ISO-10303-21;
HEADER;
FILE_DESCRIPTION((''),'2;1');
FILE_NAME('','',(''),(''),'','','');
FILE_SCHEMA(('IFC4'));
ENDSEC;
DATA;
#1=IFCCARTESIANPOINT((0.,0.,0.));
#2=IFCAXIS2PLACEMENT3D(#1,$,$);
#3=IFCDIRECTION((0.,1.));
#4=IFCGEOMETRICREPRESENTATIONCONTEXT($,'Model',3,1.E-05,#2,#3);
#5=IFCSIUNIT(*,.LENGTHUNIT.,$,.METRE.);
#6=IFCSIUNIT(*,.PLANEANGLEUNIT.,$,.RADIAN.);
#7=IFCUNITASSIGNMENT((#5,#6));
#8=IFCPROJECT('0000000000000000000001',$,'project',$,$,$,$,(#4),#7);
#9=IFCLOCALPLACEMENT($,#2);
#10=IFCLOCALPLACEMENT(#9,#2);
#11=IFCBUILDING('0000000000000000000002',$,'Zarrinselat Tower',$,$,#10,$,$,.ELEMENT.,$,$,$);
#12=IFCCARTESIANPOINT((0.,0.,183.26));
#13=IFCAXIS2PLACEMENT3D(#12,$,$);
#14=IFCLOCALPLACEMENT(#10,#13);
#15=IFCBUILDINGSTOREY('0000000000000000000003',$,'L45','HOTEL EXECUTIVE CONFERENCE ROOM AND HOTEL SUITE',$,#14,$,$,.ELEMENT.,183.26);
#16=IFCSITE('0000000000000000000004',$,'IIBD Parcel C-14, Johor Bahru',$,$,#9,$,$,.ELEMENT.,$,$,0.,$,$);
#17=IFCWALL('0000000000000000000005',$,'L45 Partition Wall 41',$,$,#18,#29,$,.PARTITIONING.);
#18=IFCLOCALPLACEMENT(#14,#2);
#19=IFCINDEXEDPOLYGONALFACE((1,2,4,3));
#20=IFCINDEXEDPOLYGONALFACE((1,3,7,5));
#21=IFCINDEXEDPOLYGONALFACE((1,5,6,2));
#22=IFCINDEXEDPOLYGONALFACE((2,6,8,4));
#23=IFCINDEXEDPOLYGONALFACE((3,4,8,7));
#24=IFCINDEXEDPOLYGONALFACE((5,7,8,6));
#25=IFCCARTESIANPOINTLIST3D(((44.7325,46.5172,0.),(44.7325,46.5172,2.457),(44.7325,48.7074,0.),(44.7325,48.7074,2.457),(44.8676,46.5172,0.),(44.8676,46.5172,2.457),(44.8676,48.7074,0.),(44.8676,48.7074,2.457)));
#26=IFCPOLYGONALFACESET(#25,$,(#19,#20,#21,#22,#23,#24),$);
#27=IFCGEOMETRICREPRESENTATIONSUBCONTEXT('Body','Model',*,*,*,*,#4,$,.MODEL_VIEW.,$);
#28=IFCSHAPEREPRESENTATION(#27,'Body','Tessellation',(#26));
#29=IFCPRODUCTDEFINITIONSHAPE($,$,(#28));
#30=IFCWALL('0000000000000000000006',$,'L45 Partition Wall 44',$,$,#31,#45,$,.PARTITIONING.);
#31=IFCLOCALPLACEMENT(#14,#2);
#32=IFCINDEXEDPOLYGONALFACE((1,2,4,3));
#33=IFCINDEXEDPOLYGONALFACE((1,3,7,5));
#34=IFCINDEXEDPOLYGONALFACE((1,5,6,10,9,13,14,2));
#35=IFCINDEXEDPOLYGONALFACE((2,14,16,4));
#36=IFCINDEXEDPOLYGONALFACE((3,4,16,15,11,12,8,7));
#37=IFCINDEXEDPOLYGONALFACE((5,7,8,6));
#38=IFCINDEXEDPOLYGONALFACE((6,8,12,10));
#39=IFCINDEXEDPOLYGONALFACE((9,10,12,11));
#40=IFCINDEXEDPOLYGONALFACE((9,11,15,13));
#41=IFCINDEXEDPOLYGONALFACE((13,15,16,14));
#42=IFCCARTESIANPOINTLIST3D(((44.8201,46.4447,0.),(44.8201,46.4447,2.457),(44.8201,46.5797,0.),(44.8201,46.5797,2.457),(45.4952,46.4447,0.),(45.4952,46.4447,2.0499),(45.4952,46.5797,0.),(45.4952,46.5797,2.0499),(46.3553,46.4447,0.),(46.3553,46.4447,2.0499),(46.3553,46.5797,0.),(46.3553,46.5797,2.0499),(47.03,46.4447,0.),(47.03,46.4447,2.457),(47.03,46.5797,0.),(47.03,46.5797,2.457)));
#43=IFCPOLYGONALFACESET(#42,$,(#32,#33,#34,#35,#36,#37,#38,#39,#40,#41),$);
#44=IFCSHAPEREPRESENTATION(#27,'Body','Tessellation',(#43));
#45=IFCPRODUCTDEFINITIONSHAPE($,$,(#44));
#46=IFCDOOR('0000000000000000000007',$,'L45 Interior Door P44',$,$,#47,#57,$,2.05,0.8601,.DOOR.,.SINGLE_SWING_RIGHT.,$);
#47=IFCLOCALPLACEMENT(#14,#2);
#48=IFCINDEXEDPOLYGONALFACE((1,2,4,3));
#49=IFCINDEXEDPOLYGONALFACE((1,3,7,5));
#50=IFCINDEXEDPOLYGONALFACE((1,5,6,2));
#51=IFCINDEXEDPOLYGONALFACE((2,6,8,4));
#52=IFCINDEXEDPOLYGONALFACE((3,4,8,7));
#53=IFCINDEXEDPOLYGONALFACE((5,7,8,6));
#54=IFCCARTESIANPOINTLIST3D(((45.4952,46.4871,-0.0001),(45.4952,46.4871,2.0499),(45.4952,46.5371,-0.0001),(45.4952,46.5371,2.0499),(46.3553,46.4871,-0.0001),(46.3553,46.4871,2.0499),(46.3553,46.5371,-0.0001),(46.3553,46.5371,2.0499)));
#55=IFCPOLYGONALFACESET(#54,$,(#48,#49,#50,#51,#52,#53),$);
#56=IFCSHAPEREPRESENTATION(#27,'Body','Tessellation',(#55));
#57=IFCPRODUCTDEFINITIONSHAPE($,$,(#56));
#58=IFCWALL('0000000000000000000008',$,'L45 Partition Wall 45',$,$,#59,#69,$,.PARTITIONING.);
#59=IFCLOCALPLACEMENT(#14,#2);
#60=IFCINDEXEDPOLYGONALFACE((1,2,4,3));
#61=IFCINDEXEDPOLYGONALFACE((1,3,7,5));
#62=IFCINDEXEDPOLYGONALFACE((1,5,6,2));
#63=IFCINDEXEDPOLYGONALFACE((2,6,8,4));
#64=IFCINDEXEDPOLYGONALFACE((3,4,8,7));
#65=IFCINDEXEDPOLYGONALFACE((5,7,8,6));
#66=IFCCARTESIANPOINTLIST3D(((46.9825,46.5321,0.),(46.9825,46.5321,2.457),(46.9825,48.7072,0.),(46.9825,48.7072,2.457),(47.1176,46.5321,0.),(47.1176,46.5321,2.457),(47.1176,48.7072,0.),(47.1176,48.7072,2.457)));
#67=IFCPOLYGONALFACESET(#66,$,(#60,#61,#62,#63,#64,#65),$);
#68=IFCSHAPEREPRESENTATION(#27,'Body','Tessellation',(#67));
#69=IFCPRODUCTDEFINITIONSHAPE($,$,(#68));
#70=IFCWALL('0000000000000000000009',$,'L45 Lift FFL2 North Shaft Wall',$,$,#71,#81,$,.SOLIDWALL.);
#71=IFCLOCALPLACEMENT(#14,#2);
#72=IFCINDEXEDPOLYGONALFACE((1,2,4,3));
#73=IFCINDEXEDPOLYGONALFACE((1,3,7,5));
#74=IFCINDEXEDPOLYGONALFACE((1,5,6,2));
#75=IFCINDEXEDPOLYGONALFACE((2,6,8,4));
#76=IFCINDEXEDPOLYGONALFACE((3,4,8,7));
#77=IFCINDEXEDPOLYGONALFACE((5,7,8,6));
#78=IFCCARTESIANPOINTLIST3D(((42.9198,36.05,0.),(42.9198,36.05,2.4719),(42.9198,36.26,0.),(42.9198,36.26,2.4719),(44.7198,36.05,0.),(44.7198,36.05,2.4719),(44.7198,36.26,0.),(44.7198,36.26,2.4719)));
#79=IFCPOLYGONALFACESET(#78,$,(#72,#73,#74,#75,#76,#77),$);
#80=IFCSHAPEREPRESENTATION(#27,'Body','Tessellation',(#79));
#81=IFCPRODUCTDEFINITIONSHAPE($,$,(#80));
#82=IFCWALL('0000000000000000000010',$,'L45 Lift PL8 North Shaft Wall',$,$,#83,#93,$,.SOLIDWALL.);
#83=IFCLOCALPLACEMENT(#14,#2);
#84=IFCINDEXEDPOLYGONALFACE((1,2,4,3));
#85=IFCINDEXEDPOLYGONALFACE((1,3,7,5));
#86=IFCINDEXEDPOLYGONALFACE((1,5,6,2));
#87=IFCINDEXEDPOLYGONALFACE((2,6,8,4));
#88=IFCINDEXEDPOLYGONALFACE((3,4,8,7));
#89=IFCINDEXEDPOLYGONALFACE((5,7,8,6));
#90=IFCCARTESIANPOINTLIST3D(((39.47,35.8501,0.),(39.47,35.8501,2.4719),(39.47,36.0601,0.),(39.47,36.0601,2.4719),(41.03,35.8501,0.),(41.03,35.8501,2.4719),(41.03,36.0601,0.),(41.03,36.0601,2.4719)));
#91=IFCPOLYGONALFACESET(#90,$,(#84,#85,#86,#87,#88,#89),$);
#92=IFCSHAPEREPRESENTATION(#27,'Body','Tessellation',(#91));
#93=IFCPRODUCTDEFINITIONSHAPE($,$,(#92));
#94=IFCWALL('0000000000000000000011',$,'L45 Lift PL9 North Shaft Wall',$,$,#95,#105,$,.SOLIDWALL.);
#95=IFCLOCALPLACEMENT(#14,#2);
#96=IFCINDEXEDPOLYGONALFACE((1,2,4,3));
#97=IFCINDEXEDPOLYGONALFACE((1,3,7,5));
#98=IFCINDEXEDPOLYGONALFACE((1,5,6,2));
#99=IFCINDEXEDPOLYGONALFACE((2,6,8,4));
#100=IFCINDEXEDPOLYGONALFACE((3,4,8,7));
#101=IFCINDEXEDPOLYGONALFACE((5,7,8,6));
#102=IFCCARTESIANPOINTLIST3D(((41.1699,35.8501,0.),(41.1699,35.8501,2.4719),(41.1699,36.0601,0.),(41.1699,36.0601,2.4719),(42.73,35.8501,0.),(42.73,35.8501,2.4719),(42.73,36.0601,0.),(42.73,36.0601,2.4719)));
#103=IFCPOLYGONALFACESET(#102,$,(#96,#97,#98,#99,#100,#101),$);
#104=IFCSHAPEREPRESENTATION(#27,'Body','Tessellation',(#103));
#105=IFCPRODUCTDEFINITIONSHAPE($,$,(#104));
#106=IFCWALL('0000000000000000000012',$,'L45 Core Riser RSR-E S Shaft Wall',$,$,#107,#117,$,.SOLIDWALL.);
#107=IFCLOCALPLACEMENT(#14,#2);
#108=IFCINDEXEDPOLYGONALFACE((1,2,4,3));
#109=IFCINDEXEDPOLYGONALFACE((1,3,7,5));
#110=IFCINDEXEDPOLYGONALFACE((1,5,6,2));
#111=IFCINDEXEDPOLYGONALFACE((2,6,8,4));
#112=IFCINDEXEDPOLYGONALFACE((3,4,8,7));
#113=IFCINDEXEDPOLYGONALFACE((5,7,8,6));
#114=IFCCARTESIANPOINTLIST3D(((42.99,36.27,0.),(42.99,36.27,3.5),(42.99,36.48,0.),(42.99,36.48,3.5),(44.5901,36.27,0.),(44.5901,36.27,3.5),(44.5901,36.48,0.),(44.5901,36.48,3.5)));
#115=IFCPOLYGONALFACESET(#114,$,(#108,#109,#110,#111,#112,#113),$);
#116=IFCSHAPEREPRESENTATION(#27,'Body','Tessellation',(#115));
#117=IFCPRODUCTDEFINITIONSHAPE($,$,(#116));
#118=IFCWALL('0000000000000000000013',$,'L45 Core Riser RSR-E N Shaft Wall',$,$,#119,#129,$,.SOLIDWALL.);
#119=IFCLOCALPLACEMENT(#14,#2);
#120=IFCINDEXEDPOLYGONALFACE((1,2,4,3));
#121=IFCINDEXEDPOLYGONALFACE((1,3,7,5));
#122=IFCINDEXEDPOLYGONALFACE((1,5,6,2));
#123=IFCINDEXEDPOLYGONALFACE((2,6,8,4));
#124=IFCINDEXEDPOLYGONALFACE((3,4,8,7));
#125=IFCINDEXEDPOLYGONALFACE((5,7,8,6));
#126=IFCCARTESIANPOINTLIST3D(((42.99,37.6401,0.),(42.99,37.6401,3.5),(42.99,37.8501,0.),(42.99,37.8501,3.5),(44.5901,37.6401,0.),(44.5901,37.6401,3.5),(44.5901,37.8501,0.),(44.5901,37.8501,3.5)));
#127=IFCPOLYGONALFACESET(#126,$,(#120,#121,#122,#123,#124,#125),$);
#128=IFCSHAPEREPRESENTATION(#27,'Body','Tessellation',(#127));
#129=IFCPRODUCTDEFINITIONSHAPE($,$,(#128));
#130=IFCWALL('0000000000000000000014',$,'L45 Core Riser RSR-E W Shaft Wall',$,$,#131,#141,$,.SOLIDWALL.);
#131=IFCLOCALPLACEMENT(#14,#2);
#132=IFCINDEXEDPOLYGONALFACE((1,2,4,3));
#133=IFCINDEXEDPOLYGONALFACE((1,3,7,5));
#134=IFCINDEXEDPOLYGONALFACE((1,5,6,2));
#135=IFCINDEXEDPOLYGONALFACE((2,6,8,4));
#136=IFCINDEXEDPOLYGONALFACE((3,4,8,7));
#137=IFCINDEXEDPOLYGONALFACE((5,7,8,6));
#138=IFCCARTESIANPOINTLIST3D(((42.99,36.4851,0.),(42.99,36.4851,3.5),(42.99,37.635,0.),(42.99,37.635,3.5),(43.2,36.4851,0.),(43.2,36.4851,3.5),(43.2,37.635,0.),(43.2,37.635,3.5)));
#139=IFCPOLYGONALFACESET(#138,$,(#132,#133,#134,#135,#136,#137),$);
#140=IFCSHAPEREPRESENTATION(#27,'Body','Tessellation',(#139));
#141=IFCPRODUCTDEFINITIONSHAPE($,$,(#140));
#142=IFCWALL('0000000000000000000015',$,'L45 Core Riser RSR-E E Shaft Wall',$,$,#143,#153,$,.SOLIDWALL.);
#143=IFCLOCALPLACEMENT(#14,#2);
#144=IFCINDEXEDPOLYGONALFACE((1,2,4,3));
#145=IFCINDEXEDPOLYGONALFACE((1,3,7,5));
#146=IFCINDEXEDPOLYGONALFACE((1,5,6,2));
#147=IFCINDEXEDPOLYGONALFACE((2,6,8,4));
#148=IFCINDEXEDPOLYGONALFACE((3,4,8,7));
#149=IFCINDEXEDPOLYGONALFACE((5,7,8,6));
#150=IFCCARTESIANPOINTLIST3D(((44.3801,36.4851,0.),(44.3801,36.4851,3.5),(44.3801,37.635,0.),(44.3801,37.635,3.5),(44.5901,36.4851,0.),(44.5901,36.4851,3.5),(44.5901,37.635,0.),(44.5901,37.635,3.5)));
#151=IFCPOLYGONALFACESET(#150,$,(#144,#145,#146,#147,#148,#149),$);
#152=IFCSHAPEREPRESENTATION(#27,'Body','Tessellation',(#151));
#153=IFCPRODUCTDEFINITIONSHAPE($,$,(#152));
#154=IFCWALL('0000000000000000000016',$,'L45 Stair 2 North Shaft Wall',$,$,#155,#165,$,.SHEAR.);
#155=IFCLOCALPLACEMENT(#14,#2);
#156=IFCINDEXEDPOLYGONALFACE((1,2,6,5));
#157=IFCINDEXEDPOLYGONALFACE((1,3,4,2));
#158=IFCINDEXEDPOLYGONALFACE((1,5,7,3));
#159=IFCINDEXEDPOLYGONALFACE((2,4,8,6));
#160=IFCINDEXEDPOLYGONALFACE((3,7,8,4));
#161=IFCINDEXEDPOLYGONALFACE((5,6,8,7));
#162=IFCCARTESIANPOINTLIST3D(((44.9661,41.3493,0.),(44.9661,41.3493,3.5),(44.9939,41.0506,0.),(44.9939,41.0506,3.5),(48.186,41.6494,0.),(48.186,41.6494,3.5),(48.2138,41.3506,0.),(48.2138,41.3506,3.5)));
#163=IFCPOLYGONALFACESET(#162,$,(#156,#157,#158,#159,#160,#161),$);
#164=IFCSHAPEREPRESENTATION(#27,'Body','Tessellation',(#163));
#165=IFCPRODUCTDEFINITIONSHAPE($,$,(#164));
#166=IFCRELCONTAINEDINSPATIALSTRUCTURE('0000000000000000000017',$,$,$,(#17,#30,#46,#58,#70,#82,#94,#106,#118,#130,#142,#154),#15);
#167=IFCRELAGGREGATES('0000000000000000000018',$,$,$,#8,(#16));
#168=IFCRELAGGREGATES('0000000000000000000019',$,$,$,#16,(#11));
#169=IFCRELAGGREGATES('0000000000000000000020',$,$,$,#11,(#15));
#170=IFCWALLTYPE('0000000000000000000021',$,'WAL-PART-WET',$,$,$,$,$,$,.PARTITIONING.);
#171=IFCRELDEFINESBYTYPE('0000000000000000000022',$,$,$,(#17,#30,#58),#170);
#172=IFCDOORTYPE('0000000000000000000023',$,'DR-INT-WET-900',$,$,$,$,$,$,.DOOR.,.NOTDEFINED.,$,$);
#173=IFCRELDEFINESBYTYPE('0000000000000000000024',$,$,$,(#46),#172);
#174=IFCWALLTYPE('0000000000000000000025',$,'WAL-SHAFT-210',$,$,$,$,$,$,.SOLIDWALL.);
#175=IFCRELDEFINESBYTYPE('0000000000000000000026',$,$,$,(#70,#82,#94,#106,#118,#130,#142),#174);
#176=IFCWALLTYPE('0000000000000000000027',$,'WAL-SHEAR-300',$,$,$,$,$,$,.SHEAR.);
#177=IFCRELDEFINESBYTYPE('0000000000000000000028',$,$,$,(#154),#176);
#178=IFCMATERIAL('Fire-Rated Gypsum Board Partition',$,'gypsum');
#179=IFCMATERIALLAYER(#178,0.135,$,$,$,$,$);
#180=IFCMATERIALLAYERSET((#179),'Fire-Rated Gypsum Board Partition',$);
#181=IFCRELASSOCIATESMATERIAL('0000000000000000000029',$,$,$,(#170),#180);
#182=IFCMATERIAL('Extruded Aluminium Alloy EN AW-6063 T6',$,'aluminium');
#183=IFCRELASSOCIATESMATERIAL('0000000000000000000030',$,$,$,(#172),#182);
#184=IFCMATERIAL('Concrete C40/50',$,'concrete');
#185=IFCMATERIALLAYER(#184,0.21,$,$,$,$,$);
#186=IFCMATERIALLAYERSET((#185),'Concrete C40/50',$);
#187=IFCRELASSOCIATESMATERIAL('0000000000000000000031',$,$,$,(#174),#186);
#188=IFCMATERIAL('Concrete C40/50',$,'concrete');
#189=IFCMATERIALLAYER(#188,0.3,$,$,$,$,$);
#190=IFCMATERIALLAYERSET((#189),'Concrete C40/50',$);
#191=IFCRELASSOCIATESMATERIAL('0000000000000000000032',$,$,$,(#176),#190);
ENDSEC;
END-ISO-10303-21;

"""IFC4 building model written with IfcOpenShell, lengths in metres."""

from ifc_helpers import new_model, si_unit, direction, frame, frame_2d, origin, place, context, subcontext, project, spatial, rectangle, extrude, material, layer, layer_set, type_object, element, fill, save


model = new_model("IFC4")

# Units and contexts
model_context = context("Model", 3, precision=1e-05, world=origin(), true_north=direction((0.0, 1.0)))
body_context = subcontext(model_context, "Body", "Model", "MODEL_VIEW")
ifc_project = project(units=[si_unit("LENGTHUNIT", "METRE"), si_unit("PLANEANGLEUNIT", "RADIAN")], contexts=[model_context])

# Site, building, storey
site_placement = place(None, origin())
site = spatial("IfcSite", under=ifc_project, at=site_placement, Name="IIBD Parcel C-14, Johor Bahru", CompositionType="ELEMENT", RefElevation=0.0)
building_placement = place(site_placement, origin())
building = spatial("IfcBuilding", under=site, at=building_placement, Name="Zarrinselat Tower", CompositionType="ELEMENT")
storey_placement = place(building_placement, frame((0.0, 0.0, 183.26)))
storey = spatial("IfcBuildingStorey", under=building, at=storey_placement, Name="L45", Description="HOTEL EXECUTIVE CONFERENCE ROOM AND HOTEL SUITE", CompositionType="ELEMENT", Elevation=183.26)

# Wall
ifc_material_1 = material(Name="Fire-Rated Gypsum Board Partition", Category="gypsum")
ifc_layer_1 = layer(ifc_material_1, 0.135)
ifc_layer_set_1 = layer_set([ifc_layer_1], Name="Fire-Rated Gypsum Board Partition")
wall_type_1 = type_object("IfcWallType", Name="WAL-PART-WET", PredefinedType="PARTITIONING", material=ifc_layer_set_1)
wall_1_placement = place(storey_placement, frame((44.8, 46.5171, 0.0), z_axis=(0.0, 0.0, 1.0), x_axis=(0.0, 1.0, 0.0)))
element("IfcWall", 1, at=wall_1_placement, inside=storey, type_object=wall_type_1, Name="L45 Partition Wall 41", PredefinedType="PARTITIONING", context=body_context, shape_type="SweptSolid", body=[
    extrude(rectangle(XDim=2.1902, YDim=0.135, at=frame_2d((1.0952, 0.0))), origin(), (0.0, 0.0, 1.0), 2.457),
])

# Wall, opening, door
wall_2_placement = place(storey_placement, frame((44.8201, 46.5122, 0.0), z_axis=(0.0, 0.0, 1.0), x_axis=(1.0, 0.0, 0.0)))
wall_2 = element("IfcWall", 2, at=wall_2_placement, inside=storey, type_object=wall_type_1, Name="L45 Partition Wall 44", PredefinedType="PARTITIONING", context=body_context, shape_type="SweptSolid", body=[
    extrude(rectangle(XDim=2.21, YDim=0.135, at=frame_2d((1.105, 0.0))), origin(), (0.0, 0.0, 1.0), 2.457),
])
opening_placement = place(wall_2_placement, frame((0.675, 0.0, 0.0)))
opening = element("IfcOpeningElement", 3, at=opening_placement, cuts=wall_2, PredefinedType="OPENING", context=body_context, shape_type="SweptSolid", body=[
    extrude(rectangle(XDim=0.8601, YDim=2.05, at=frame_2d((0.4302, 1.0249))), frame((0.0, 0.0774, 0.0), z_axis=(0.0, -1.0, 0.0), x_axis=(1.0, 0.0, 0.0)), (0.0, 0.0, 1.0), 0.155),
])
ifc_material_2 = material(Name="Extruded Aluminium Alloy EN AW-6063 T6", Category="aluminium")
door_type = type_object("IfcDoorType", Name="DR-INT-WET-900", OperationType="NOTDEFINED", PredefinedType="DOOR", material=ifc_material_2)
door_placement = place(opening_placement, origin())
door = element("IfcDoor", 4, at=door_placement, inside=storey, type_object=door_type, Name="L45 Interior Door P44", OperationType="SINGLE_SWING_RIGHT", OverallHeight=2.05, OverallWidth=0.8601, PredefinedType="DOOR", context=body_context, shape_type="SweptSolid", body=[
    extrude(rectangle(XDim=0.8601, YDim=2.05, at=frame_2d((0.4302, 1.0249))), frame((0.0, 0.0249, 0.0), z_axis=(0.0, -1.0, 0.0), x_axis=(1.0, 0.0, 0.0)), (0.0, 0.0, 1.0), 0.05),
])
fill(opening, door)

# Walls
wall_3_placement = place(storey_placement, frame((47.05, 46.5322, 0.0), z_axis=(0.0, 0.0, 1.0), x_axis=(0.0, 1.0, 0.0)))
element("IfcWall", 5, at=wall_3_placement, inside=storey, type_object=wall_type_1, Name="L45 Partition Wall 45", PredefinedType="PARTITIONING", context=body_context, shape_type="SweptSolid", body=[
    extrude(rectangle(XDim=2.175, YDim=0.135, at=frame_2d((1.0874, 0.0))), origin(), (0.0, 0.0, 1.0), 2.457),
])
ifc_material_3 = material(Name="Concrete C40/50", Category="concrete")
ifc_layer_2 = layer(ifc_material_3, 0.21)
ifc_layer_set_2 = layer_set([ifc_layer_2], Name="Concrete C40/50")
wall_type_2 = type_object("IfcWallType", Name="WAL-SHAFT-210", PredefinedType="SOLIDWALL", material=ifc_layer_set_2)
wall_4_placement = place(storey_placement, frame((42.9199, 36.155, 0.0), z_axis=(0.0, 0.0, 1.0), x_axis=(1.0, 0.0, 0.0)))
element("IfcWall", 6, at=wall_4_placement, inside=storey, type_object=wall_type_2, Name="L45 Lift FFL2 North Shaft Wall", PredefinedType="SOLIDWALL", context=body_context, shape_type="SweptSolid", body=[
    extrude(rectangle(XDim=1.8, YDim=0.21, at=frame_2d((0.8999, 0.0))), origin(), (0.0, 0.0, 1.0), 2.4719),
])
for number, where, z_axis, x_axis, name in (
    (7, (39.47, 35.9551, 0.0), (0.0, 0.0, 1.0), (1.0, 0.0, 0.0), "L45 Lift PL8 North Shaft Wall"),
    (8, (41.1699, 35.9551, 0.0), (0.0, 0.0, 1.0), (1.0, 0.0, 0.0), "L45 Lift PL9 North Shaft Wall"),
):
    element("IfcWall", number, at=place(storey_placement, frame(where, z_axis=z_axis, x_axis=x_axis)), inside=storey, type_object=wall_type_2, Name=name, PredefinedType="SOLIDWALL", context=body_context, shape_type="SweptSolid", body=[
        extrude(rectangle(XDim=1.5601, YDim=0.21, at=frame_2d((0.78, 0.0))), origin(), (0.0, 0.0, 1.0), 2.4719),
    ])
for number, where, z_axis, x_axis, name in (
    (9, (42.99, 36.375, 0.0), (0.0, 0.0, 1.0), (1.0, 0.0, 0.0), "L45 Core Riser RSR-E S Shaft Wall"),
    (10, (42.99, 37.7451, 0.0), (0.0, 0.0, 1.0), (1.0, 0.0, 0.0), "L45 Core Riser RSR-E N Shaft Wall"),
):
    element("IfcWall", number, at=place(storey_placement, frame(where, z_axis=z_axis, x_axis=x_axis)), inside=storey, type_object=wall_type_2, Name=name, PredefinedType="SOLIDWALL", context=body_context, shape_type="SweptSolid", body=[
        extrude(rectangle(XDim=1.6001, YDim=0.21, at=frame_2d((0.8, 0.0))), origin(), (0.0, 0.0, 1.0), 3.5),
    ])
for number, where, z_axis, x_axis, name in (
    (11, (43.095, 36.4851, 0.0), (0.0, 0.0, 1.0), (0.0, 1.0, 0.0), "L45 Core Riser RSR-E W Shaft Wall"),
    (12, (44.4851, 36.4851, 0.0), (0.0, 0.0, 1.0), (0.0, 1.0, 0.0), "L45 Core Riser RSR-E E Shaft Wall"),
):
    element("IfcWall", number, at=place(storey_placement, frame(where, z_axis=z_axis, x_axis=x_axis)), inside=storey, type_object=wall_type_2, Name=name, PredefinedType="SOLIDWALL", context=body_context, shape_type="SweptSolid", body=[
        extrude(rectangle(XDim=1.1499, YDim=0.21, at=frame_2d((0.575, 0.0))), origin(), (0.0, 0.0, 1.0), 3.5),
    ])
ifc_material_4 = material(Name="Concrete C40/50", Category="concrete")
ifc_layer_3 = layer(ifc_material_4, 0.3)
ifc_layer_set_3 = layer_set([ifc_layer_3], Name="Concrete C40/50")
wall_type_3 = type_object("IfcWallType", Name="WAL-SHEAR-300", PredefinedType="SHEAR", material=ifc_layer_set_3)
wall_5_placement = place(storey_placement, frame((44.98, 41.2, 0.0), z_axis=(0.0, 0.0, 1.0), x_axis=(0.995686, 0.092782, 0.0)))
element("IfcWall", 13, at=wall_5_placement, inside=storey, type_object=wall_type_3, Name="L45 Stair 2 North Shaft Wall", PredefinedType="SHEAR", context=body_context, shape_type="SweptSolid", body=[
    extrude(rectangle(XDim=3.2339, YDim=0.3, at=frame_2d((1.6169, 0.0))), origin(), (0.0, 0.0, 1.0), 3.5),
])

save(model, "model.ifc")
